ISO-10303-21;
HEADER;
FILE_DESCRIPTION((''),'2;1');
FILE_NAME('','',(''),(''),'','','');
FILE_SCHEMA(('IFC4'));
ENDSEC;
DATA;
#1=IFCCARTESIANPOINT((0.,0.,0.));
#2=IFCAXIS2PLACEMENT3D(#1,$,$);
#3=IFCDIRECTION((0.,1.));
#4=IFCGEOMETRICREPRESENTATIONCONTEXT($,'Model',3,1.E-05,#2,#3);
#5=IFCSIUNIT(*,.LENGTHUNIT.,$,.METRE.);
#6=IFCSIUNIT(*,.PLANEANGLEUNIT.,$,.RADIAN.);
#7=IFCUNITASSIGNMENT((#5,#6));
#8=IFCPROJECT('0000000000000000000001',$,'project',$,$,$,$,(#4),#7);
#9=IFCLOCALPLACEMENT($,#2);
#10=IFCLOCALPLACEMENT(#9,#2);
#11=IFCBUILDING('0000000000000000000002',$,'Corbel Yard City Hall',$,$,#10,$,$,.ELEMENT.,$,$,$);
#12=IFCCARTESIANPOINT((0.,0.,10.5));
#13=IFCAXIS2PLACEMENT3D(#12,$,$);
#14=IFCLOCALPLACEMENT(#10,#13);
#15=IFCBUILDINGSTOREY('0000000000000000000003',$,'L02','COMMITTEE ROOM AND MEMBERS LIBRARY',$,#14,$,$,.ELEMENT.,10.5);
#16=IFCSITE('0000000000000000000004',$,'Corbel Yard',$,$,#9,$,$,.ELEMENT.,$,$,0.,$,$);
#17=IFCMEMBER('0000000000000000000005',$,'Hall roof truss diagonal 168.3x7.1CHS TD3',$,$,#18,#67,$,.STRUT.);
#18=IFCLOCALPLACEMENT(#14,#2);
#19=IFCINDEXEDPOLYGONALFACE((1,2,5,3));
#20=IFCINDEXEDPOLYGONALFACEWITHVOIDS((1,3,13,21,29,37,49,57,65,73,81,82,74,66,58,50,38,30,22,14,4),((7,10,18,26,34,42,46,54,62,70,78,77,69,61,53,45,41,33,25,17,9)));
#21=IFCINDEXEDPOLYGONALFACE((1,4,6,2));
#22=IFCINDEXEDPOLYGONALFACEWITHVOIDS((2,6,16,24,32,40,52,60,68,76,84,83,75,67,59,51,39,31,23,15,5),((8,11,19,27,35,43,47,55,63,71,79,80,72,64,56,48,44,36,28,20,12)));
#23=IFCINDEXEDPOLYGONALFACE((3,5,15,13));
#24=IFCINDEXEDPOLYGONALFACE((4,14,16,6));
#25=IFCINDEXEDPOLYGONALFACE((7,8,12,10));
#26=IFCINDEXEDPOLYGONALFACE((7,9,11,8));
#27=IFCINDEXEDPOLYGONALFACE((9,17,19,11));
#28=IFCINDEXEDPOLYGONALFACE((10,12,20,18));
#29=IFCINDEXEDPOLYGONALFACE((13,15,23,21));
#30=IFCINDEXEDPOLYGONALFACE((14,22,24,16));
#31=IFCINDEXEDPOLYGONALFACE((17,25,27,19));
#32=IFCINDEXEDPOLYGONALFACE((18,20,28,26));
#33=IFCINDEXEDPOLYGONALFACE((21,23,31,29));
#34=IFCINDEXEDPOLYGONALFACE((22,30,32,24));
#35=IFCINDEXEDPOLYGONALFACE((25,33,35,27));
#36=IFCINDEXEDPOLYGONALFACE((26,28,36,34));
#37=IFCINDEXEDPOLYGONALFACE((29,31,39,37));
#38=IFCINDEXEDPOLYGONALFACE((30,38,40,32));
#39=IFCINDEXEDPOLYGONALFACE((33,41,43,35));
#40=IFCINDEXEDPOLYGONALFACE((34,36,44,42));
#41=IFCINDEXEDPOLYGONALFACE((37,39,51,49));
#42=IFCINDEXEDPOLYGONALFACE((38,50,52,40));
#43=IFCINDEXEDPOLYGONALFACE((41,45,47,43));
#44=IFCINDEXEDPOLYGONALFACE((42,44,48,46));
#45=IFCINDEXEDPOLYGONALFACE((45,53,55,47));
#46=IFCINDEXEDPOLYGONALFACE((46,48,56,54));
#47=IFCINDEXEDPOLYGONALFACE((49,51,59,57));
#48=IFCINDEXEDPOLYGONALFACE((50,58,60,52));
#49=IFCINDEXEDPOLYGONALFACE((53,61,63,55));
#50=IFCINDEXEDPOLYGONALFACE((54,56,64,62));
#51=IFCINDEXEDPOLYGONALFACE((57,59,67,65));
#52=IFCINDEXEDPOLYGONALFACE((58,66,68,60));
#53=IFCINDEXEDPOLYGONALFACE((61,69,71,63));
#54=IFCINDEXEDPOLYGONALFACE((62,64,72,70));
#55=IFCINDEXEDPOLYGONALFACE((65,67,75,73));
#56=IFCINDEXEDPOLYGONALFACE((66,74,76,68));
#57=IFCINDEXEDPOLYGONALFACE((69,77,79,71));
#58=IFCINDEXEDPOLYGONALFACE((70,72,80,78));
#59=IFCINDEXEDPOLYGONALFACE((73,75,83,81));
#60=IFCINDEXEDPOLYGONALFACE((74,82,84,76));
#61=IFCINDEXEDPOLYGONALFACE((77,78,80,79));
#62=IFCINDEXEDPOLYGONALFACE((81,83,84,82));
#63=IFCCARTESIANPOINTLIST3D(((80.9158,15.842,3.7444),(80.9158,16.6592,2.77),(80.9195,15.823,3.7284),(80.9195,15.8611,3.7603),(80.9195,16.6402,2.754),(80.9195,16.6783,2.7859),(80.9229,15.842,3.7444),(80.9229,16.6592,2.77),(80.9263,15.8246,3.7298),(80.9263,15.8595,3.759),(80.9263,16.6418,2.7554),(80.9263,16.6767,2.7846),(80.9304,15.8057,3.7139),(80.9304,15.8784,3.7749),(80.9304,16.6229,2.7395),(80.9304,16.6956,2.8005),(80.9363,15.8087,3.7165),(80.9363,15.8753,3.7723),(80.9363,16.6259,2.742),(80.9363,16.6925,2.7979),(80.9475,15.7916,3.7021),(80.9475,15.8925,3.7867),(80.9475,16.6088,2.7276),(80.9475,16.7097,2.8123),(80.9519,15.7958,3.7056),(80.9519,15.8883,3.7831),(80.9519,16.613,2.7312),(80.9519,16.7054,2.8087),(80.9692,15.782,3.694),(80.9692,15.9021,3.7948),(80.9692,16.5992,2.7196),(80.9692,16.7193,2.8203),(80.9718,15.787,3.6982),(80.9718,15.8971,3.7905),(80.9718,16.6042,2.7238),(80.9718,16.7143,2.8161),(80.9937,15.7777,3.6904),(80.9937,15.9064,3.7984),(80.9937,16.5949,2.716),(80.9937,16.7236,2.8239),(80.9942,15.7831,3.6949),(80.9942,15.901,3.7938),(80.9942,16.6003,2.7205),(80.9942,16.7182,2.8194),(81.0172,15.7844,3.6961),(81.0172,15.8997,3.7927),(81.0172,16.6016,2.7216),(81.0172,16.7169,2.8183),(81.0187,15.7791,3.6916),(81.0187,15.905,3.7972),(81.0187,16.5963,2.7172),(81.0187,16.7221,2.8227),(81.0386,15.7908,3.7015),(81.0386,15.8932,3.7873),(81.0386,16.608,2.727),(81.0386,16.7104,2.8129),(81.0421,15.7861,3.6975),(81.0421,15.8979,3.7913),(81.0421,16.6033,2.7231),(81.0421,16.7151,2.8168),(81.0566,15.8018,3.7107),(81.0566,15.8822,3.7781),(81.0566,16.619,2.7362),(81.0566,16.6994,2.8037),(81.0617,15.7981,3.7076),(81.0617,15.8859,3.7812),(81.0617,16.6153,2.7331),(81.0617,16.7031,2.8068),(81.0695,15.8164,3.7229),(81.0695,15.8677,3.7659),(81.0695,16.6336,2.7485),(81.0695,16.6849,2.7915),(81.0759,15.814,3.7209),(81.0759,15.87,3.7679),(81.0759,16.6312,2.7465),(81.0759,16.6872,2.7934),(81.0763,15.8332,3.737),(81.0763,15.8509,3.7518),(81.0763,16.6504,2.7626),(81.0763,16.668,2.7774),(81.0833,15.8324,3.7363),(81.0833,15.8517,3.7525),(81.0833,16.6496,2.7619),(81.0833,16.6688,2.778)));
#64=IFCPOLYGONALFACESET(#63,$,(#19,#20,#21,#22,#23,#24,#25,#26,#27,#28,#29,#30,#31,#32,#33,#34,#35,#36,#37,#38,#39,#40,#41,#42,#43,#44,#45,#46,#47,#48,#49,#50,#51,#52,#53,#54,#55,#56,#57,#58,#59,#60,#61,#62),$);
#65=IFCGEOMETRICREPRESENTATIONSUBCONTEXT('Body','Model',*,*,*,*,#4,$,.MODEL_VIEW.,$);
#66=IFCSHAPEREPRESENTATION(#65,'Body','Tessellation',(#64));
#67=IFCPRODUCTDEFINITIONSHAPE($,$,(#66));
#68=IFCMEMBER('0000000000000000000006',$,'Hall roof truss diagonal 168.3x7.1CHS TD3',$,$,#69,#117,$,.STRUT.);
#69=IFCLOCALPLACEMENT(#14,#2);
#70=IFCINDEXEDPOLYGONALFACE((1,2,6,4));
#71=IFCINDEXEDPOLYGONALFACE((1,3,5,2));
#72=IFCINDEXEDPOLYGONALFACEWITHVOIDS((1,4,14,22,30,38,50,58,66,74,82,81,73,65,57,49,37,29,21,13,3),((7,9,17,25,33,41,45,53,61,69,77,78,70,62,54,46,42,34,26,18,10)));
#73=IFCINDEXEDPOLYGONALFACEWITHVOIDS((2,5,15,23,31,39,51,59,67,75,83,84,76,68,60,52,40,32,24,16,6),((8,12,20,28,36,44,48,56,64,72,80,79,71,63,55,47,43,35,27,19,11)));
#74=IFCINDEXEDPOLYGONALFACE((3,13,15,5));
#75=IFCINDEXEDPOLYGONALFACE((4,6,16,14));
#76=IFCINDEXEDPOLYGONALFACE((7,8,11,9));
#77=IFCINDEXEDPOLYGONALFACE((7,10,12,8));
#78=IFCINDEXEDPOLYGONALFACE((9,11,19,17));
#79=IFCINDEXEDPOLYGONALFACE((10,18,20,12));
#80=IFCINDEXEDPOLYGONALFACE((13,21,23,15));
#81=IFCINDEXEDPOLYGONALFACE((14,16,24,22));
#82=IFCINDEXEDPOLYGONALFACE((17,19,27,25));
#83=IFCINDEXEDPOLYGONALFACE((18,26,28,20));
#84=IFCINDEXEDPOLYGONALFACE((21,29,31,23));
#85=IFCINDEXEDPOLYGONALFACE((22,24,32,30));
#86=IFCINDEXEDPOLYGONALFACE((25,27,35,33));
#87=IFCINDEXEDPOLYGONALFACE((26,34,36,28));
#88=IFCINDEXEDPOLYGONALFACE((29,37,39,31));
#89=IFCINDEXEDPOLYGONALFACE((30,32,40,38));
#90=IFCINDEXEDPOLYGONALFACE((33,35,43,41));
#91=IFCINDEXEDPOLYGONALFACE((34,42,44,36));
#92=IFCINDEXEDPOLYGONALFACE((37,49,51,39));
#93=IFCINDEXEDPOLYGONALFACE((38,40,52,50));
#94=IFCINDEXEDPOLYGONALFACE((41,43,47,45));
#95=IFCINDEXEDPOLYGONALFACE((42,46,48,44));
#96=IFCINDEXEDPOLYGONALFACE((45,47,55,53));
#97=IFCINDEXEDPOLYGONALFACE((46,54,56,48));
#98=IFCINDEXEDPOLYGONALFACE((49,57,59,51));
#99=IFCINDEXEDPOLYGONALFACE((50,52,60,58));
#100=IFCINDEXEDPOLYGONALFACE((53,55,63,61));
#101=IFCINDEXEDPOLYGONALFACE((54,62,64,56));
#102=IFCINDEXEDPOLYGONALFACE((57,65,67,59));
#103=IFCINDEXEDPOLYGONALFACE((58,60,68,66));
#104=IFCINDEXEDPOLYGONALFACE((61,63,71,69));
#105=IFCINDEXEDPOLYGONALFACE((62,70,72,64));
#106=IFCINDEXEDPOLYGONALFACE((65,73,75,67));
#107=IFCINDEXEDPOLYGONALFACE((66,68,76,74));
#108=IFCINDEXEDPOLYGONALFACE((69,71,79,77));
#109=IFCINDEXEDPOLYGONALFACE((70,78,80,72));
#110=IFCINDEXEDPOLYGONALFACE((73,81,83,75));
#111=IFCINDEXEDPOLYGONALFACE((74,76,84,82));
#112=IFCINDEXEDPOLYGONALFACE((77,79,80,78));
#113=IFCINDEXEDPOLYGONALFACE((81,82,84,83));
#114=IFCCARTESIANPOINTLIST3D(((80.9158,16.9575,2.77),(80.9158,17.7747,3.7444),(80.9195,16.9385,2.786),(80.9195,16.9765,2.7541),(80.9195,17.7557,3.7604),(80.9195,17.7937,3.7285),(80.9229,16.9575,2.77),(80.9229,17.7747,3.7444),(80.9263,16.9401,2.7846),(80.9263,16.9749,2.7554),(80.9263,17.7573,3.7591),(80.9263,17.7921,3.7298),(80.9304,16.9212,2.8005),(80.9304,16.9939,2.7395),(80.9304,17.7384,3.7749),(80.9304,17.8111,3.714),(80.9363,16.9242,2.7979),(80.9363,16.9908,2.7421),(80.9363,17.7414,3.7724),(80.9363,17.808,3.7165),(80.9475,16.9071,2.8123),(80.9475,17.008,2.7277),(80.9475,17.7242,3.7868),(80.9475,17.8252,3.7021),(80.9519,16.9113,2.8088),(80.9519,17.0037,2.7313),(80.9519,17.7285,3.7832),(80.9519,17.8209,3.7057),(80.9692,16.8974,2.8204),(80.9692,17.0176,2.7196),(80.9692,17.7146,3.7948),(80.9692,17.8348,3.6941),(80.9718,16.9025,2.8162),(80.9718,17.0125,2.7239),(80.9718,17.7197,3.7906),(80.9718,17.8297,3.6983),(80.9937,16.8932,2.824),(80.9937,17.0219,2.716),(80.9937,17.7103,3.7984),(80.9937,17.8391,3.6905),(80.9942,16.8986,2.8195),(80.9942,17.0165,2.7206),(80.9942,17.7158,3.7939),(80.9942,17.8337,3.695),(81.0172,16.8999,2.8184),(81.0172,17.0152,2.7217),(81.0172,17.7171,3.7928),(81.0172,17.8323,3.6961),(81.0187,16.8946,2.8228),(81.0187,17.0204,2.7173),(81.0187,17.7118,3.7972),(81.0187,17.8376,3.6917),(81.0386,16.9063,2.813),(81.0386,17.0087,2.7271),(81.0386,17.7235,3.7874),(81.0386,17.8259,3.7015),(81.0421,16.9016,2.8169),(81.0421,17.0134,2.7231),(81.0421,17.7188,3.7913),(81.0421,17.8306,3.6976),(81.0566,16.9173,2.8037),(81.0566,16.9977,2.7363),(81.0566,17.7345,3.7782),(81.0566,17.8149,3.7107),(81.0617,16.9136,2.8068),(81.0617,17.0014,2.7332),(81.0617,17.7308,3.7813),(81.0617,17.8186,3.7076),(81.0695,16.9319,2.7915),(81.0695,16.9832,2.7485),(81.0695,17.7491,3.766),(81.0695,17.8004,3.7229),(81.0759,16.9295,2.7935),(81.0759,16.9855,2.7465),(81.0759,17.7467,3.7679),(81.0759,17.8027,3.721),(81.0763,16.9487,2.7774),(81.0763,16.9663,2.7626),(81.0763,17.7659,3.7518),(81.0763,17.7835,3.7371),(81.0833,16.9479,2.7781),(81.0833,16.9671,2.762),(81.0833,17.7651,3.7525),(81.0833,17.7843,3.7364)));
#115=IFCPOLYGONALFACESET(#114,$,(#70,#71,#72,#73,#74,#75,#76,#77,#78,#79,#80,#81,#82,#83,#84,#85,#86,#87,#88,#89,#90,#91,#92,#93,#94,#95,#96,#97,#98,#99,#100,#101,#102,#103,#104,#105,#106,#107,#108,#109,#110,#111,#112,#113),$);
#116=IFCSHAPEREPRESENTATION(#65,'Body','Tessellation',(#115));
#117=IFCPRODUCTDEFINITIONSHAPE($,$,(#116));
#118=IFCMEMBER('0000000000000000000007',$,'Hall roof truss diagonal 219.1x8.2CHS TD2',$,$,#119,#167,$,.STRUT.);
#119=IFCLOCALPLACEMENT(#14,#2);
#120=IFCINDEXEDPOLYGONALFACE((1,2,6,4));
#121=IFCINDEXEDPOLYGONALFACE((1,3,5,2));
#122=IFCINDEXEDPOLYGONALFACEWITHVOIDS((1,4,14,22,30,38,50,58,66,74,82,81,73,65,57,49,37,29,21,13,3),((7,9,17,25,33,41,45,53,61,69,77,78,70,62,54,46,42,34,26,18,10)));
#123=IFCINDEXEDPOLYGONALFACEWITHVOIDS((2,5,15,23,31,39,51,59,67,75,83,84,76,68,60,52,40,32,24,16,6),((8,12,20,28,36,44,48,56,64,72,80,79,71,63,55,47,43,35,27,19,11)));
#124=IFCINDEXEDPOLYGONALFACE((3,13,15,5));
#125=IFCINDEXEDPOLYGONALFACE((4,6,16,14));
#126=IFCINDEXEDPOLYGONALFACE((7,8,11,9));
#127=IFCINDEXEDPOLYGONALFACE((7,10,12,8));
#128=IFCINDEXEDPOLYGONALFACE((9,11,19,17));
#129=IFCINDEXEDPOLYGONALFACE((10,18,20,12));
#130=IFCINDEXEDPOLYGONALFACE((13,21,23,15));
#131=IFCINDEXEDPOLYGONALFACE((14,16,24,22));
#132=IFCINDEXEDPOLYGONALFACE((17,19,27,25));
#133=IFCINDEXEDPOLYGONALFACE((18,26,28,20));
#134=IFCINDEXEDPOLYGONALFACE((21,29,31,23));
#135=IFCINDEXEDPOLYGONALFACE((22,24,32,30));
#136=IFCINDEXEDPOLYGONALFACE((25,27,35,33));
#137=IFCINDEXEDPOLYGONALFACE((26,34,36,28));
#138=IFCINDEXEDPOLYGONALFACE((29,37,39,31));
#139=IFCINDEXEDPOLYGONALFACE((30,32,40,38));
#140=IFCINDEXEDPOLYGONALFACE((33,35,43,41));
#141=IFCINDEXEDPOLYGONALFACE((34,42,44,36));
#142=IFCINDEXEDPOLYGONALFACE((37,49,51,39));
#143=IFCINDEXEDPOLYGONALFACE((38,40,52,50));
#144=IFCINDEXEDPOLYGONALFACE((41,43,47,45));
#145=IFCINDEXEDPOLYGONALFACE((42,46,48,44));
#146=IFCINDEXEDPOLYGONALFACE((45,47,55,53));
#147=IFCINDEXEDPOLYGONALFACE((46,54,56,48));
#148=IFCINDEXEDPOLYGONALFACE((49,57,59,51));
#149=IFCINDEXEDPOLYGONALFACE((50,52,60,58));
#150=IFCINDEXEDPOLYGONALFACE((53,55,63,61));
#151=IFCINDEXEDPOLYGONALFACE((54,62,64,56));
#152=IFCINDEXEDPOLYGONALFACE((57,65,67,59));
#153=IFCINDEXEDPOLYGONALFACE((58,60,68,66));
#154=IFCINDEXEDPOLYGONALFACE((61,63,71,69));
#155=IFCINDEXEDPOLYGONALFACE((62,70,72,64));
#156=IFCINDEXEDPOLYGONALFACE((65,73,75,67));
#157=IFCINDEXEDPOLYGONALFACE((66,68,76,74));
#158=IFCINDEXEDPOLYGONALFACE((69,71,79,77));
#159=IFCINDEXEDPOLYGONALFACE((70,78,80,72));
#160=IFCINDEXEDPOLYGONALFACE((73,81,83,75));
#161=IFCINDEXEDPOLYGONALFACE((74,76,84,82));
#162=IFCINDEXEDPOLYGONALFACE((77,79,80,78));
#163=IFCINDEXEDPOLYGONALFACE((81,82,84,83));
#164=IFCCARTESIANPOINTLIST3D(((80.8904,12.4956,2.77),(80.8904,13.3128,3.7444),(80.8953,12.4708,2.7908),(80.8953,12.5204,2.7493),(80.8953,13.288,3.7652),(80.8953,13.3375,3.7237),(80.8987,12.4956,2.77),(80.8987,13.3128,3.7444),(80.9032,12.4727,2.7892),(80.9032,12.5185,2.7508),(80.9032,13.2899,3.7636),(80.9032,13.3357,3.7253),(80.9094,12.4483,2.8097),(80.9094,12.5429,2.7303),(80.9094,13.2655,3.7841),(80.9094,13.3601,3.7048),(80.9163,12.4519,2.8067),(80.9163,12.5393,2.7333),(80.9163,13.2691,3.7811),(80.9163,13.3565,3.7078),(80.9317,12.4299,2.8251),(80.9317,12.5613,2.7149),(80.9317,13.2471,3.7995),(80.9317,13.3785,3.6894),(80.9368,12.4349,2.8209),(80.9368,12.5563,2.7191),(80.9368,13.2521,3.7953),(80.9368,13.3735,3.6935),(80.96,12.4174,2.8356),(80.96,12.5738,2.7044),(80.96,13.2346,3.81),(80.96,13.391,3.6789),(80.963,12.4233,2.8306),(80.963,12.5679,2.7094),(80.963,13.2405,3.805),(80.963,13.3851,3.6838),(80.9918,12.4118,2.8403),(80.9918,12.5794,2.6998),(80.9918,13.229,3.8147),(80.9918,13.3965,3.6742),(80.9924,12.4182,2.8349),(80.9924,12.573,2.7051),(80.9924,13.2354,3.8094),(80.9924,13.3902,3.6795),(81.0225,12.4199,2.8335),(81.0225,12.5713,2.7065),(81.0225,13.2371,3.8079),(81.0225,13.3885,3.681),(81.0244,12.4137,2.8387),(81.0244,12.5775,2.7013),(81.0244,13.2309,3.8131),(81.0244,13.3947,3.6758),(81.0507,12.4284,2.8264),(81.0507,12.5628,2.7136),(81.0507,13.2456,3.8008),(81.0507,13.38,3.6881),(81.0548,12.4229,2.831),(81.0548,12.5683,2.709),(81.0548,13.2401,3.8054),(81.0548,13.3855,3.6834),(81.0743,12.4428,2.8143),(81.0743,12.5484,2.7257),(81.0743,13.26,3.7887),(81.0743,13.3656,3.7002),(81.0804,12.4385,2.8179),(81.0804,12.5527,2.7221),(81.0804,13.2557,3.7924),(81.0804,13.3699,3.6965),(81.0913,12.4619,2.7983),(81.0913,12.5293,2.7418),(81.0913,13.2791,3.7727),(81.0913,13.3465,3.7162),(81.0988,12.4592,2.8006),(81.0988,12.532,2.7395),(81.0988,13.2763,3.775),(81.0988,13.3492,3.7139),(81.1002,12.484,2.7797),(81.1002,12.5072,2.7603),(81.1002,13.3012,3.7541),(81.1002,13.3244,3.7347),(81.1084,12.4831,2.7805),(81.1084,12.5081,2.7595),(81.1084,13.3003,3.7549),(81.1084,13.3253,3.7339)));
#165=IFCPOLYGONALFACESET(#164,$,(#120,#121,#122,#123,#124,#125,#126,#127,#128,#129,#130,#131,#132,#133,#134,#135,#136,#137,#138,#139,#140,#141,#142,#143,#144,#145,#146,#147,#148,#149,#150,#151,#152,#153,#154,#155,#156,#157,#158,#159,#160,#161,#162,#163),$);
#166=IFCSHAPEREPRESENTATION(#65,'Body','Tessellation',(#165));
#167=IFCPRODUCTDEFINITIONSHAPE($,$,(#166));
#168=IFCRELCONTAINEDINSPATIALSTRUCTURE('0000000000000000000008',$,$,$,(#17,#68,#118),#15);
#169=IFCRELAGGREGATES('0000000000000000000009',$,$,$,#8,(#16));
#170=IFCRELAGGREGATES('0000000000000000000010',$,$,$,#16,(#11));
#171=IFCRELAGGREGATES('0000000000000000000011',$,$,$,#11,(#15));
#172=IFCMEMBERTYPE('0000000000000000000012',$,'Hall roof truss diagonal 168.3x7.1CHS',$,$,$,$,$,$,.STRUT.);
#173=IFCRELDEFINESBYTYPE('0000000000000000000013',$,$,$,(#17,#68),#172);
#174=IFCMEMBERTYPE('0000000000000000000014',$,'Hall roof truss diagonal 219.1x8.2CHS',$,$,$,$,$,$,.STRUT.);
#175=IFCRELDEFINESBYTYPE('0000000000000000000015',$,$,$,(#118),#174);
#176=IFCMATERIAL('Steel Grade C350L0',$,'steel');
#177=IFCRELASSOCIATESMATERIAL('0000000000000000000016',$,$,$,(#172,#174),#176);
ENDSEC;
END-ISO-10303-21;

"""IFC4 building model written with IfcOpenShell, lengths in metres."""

from ifc_helpers import new_model, si_unit, direction, frame, origin, origin_2d, place, context, subcontext, project, spatial, hollow_circle, extrude, material, material_profile, profile_set, type_object, element, save


model = new_model("IFC4")

# Units and contexts
model_context = context("Model", 3, precision=1e-05, world=origin(), true_north=direction((0.0, 1.0)))
body_context = subcontext(model_context, "Body", "Model", "MODEL_VIEW")
ifc_project = project(units=[si_unit("LENGTHUNIT", "METRE"), si_unit("PLANEANGLEUNIT", "RADIAN")], contexts=[model_context])

# Site, building, storey
site_placement = place(None, origin())
site = spatial("IfcSite", under=ifc_project, at=site_placement, Name="Corbel Yard", CompositionType="ELEMENT", RefElevation=0.0)
building_placement = place(site_placement, origin())
building = spatial("IfcBuilding", under=site, at=building_placement, Name="Corbel Yard City Hall", CompositionType="ELEMENT")
storey_placement = place(building_placement, frame((0.0, 0.0, 10.5)))
storey = spatial("IfcBuildingStorey", under=building, at=storey_placement, Name="L02", Description="COMMITTEE ROOM AND MEMBERS LIBRARY", CompositionType="ELEMENT", Elevation=10.5)

# Members
ifc_material_1 = material(Name="Steel Grade C350L0", Category="steel")
ifc_material_profile_1 = material_profile(ifc_material_1, hollow_circle(Radius=0.0842, WallThickness=0.0071, at=origin_2d()), Name="168.3x7.1CHS")
ifc_profile_set_1 = profile_set([ifc_material_profile_1], Name="Steel Grade C350L0")
member_type_1 = type_object("IfcMemberType", Name="Hall roof truss diagonal 168.3x7.1CHS", PredefinedType="STRUT", material=ifc_profile_set_1)
for number, where, z_axis, x_axis, name in (
    (1, (81.0, 15.842, 3.7444), (0.0, 0.64258, -0.766219), (-1.0, 0.0, 0.0), "Hall roof truss diagonal 168.3x7.1CHS TD3"),
    (2, (81.0, 16.9575, 2.77), (0.0, 0.64258, 0.766219), (-1.0, 0.0, 0.0), "Hall roof truss diagonal 168.3x7.1CHS TD3"),
):
    element("IfcMember", number, at=place(storey_placement, frame(where, z_axis=z_axis, x_axis=x_axis)), inside=storey, type_object=member_type_1, Name=name, PredefinedType="STRUT", context=body_context, shape_type="SweptSolid", body=[
        extrude(hollow_circle(Radius=0.0842, WallThickness=0.0071, at=origin_2d()), origin(), (0.0, 0.0, 1.0), 1.2717),
    ])
ifc_material_profile_2 = material_profile(ifc_material_1, hollow_circle(Radius=0.1096, WallThickness=0.0083, at=origin_2d()), Name="219.1x8.2CHS")
ifc_profile_set_2 = profile_set([ifc_material_profile_2], Name="Steel Grade C350L0")
member_type_2 = type_object("IfcMemberType", Name="Hall roof truss diagonal 219.1x8.2CHS", PredefinedType="STRUT", material=ifc_profile_set_2)
member_1_placement = place(storey_placement, frame((81.0, 12.4956, 2.77), z_axis=(0.0, 0.64258, 0.766219), x_axis=(-1.0, 0.0, 0.0)))
element("IfcMember", 3, at=member_1_placement, inside=storey, type_object=member_type_2, Name="Hall roof truss diagonal 219.1x8.2CHS TD2", PredefinedType="STRUT", context=body_context, shape_type="SweptSolid", body=[
    extrude(hollow_circle(Radius=0.1096, WallThickness=0.0083, at=origin_2d()), origin(), (0.0, 0.0, 1.0), 1.2717),
])

save(model, "model.ifc")
